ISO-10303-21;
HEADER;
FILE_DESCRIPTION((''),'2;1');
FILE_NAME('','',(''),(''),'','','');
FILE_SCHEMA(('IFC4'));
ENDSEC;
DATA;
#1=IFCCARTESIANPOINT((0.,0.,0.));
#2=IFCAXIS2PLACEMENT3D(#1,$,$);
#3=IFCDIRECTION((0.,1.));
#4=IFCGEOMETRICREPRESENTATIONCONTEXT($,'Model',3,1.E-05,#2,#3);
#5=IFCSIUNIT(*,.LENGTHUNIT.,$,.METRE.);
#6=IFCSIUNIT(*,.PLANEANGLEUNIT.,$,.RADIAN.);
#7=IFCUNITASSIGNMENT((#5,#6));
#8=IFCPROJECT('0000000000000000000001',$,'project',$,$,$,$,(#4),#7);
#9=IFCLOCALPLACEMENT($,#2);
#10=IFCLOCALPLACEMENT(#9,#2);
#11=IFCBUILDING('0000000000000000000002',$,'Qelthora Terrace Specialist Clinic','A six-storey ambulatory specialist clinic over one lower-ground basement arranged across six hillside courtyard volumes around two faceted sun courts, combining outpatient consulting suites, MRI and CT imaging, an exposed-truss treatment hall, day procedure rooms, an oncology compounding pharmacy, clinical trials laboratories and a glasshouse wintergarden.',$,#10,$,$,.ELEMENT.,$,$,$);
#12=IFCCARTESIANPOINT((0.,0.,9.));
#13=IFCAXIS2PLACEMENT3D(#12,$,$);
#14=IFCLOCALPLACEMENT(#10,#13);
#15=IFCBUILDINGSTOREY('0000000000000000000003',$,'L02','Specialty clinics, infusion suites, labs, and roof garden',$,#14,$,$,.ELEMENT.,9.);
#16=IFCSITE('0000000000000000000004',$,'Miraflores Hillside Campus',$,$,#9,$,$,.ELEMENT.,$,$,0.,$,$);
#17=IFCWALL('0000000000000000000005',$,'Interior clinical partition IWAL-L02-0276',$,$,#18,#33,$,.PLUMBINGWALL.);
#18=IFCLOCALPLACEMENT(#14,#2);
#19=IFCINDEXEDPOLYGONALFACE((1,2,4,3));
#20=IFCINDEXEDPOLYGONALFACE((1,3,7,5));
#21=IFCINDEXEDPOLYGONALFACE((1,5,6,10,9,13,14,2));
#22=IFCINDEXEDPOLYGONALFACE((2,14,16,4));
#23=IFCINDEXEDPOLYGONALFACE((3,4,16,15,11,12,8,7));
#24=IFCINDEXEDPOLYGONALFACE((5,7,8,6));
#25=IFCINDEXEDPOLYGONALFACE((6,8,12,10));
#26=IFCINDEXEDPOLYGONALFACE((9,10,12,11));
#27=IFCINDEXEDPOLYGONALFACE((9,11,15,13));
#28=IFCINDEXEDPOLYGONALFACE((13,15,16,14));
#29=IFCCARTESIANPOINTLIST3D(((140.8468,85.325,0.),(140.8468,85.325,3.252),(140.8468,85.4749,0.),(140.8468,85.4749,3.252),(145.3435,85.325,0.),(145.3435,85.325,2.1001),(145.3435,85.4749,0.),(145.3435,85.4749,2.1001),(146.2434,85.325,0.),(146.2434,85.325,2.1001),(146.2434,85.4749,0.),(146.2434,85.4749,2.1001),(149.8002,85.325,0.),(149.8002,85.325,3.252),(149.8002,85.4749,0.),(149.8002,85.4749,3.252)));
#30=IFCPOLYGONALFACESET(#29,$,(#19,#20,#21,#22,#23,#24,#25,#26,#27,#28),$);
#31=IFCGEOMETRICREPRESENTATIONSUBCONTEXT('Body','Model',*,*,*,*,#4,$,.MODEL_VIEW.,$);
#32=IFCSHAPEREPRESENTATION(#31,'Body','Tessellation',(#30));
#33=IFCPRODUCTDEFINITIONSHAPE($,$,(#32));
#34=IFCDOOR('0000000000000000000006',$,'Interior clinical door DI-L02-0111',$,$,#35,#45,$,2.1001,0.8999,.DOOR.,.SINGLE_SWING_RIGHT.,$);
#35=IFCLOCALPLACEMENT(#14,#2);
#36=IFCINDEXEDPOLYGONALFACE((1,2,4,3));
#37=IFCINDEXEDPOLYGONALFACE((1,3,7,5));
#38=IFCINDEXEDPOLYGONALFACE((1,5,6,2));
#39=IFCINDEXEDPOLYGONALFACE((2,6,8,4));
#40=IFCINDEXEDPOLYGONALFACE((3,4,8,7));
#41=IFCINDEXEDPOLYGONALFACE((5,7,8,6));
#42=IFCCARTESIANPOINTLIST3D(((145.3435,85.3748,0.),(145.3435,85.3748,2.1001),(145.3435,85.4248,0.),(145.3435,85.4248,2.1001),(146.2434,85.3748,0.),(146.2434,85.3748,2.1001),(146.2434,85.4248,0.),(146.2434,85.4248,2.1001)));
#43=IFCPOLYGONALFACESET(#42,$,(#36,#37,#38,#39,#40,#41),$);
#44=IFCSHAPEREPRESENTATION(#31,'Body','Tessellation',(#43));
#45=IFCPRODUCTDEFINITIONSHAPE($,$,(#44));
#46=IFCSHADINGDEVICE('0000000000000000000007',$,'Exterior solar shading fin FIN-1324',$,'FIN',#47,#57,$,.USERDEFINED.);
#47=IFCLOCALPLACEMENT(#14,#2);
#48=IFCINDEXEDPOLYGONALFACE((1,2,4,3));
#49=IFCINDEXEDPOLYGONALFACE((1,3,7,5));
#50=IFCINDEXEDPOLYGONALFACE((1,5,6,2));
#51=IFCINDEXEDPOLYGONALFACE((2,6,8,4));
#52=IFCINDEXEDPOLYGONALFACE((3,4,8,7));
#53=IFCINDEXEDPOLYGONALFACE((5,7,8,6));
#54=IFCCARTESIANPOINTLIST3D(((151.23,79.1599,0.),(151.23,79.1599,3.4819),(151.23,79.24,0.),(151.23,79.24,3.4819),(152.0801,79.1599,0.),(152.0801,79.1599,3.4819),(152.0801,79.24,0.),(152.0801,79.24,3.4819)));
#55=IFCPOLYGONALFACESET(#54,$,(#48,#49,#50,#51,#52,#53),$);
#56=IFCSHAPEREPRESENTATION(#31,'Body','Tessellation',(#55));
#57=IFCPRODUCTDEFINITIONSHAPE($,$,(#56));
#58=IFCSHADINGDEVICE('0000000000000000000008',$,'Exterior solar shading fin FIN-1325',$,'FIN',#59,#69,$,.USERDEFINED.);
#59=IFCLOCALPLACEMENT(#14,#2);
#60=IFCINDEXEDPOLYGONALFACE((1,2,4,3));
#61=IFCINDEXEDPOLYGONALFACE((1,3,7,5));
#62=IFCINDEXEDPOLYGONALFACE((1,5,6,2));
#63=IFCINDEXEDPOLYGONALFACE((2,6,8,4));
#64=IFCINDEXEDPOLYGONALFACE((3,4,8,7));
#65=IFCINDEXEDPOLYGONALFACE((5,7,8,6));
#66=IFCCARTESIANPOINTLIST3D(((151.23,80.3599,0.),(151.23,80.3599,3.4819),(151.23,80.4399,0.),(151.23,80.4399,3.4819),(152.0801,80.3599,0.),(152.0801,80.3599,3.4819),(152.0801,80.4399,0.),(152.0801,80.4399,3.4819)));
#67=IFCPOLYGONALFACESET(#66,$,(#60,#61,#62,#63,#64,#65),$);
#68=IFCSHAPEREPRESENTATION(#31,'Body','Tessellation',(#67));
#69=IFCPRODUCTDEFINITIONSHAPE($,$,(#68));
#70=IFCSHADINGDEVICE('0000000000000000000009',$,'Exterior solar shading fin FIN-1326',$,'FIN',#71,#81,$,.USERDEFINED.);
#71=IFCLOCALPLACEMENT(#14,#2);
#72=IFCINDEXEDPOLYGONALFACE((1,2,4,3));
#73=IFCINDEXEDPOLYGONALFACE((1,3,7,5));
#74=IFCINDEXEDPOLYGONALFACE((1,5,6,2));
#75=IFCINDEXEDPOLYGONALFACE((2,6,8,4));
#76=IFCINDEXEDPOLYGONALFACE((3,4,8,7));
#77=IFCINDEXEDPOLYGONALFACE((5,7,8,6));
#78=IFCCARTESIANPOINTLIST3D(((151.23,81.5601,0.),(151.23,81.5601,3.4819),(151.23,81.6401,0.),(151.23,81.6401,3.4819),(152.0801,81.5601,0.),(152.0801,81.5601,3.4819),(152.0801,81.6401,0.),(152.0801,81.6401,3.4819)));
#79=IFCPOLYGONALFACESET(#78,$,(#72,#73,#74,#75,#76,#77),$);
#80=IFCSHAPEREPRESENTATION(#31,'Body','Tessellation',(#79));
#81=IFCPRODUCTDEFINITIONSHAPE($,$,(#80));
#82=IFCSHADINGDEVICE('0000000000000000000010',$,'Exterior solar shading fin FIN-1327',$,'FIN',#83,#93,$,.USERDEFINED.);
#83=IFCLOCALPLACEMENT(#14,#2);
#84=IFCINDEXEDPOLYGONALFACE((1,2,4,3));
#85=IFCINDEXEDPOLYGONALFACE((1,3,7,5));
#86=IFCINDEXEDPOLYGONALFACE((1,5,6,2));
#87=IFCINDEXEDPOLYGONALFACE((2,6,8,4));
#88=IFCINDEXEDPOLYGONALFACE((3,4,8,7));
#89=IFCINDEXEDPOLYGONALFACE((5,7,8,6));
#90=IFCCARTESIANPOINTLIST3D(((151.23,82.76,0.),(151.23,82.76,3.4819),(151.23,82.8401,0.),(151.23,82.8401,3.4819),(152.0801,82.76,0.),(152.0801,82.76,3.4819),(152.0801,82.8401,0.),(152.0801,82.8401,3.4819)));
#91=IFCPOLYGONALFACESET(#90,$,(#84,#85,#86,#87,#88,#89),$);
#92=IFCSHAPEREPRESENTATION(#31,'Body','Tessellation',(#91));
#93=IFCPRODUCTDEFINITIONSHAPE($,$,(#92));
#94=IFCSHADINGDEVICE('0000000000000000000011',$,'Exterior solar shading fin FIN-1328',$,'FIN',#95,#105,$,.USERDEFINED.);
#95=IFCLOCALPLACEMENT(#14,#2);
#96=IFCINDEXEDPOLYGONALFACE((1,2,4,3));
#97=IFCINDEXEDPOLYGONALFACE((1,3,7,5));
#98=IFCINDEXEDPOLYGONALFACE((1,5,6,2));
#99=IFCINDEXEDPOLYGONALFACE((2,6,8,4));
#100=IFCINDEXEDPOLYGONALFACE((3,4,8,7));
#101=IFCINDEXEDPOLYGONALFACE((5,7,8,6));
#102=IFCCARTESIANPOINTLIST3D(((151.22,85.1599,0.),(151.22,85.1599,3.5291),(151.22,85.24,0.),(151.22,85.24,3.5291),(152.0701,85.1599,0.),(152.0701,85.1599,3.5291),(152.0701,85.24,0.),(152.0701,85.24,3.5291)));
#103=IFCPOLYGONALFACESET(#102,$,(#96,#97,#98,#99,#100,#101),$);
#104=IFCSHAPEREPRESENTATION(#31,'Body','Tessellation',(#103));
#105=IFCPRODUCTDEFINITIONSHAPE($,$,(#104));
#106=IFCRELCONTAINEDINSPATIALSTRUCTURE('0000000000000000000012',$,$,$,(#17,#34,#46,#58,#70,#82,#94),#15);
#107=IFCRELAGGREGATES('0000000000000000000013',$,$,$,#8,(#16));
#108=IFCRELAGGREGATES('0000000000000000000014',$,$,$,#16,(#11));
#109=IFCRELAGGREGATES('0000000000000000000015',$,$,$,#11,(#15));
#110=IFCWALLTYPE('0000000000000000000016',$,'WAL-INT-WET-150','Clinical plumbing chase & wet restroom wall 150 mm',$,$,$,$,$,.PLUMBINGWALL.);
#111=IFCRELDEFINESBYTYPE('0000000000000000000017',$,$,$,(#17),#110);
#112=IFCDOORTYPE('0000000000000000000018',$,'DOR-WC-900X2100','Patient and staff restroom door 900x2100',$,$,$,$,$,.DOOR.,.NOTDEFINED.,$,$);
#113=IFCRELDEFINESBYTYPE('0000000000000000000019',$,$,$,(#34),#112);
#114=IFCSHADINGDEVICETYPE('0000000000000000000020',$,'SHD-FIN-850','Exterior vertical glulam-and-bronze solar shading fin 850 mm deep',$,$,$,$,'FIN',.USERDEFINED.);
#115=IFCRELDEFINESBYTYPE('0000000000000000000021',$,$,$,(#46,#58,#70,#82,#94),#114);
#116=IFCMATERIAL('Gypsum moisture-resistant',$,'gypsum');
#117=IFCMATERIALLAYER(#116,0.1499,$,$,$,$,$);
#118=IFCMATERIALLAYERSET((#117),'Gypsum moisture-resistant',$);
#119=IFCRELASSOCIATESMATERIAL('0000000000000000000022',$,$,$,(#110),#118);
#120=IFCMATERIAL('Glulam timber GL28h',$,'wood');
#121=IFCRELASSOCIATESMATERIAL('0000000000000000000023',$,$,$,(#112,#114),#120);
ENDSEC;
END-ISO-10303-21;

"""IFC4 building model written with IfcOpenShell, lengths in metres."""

from ifc_helpers import new_model, si_unit, direction, frame, frame_2d, origin, origin_2d, place, context, subcontext, project, spatial, rectangle, extrude, material, layer, layer_set, type_object, element, fill, save


model = new_model("IFC4")

# Units and contexts
model_context = context("Model", 3, precision=1e-05, world=origin(), true_north=direction((0.0, 1.0)))
body_context = subcontext(model_context, "Body", "Model", "MODEL_VIEW")
ifc_project = project(units=[si_unit("LENGTHUNIT", "METRE"), si_unit("PLANEANGLEUNIT", "RADIAN")], contexts=[model_context])

# Site, building, storey
site_placement = place(None, origin())
site = spatial("IfcSite", under=ifc_project, at=site_placement, Name="Miraflores Hillside Campus", CompositionType="ELEMENT", RefElevation=0.0)
building_placement = place(site_placement, origin())
building = spatial("IfcBuilding", under=site, at=building_placement, Name="Qelthora Terrace Specialist Clinic", Description="A six-storey ambulatory specialist clinic over one lower-ground basement arranged across six hillside courtyard volumes around two faceted sun courts, combining outpatient consulting suites, MRI and CT imaging, an exposed-truss treatment hall, day procedure rooms, an oncology compounding pharmacy, clinical trials laboratories and a glasshouse wintergarden.", CompositionType="ELEMENT")
storey_placement = place(building_placement, frame((0.0, 0.0, 9.0)))
storey = spatial("IfcBuildingStorey", under=building, at=storey_placement, Name="L02", Description="Specialty clinics, infusion suites, labs, and roof garden", CompositionType="ELEMENT", Elevation=9.0)

# Wall, opening, door
ifc_material_1 = material(Name="Gypsum moisture-resistant", Category="gypsum")
ifc_layer_1 = layer(ifc_material_1, 0.1499)
ifc_layer_set_1 = layer_set([ifc_layer_1], Name="Gypsum moisture-resistant")
wall_type_1 = type_object("IfcWallType", Name="WAL-INT-WET-150", Description="Clinical plumbing chase & wet restroom wall 150 mm", PredefinedType="PLUMBINGWALL", material=ifc_layer_set_1)
wall_1_placement = place(storey_placement, frame((149.8, 85.3999, 0.0), z_axis=(0.0, 0.0, 1.0), x_axis=(-1.0, 0.0, 0.0)))
wall_1 = element("IfcWall", 1, at=wall_1_placement, inside=storey, type_object=wall_type_1, Name="Interior clinical partition IWAL-L02-0276", PredefinedType="PLUMBINGWALL", context=body_context, shape_type="SweptSolid", body=[
    extrude(rectangle(XDim=8.9534, YDim=0.1499, at=frame_2d((4.4766, 0.0))), origin(), (0.0, 0.0, 1.0), 3.252),
])
opening_1_placement = place(wall_1_placement, frame((3.5566, 0.0, 0.0)))
opening_1 = element("IfcOpeningElement", 2, at=opening_1_placement, cuts=wall_1, PredefinedType="OPENING", context=body_context, shape_type="SweptSolid", body=[
    extrude(rectangle(XDim=0.8999, YDim=2.1001, at=frame_2d((0.45, 1.05))), frame((0.0, 0.085, 0.0), z_axis=(0.0, -1.0, 0.0), x_axis=(1.0, 0.0, 0.0)), (0.0, 0.0, 1.0), 0.1699),
])
ifc_material_2 = material(Name="Glulam timber GL28h", Category="wood")
door_type_1 = type_object("IfcDoorType", Name="DOR-WC-900X2100", Description="Patient and staff restroom door 900x2100", OperationType="NOTDEFINED", PredefinedType="DOOR", material=ifc_material_2)
door_1_placement = place(opening_1_placement, frame((0.8999, 0.0, 0.0), z_axis=(0.0, 0.0, 1.0), x_axis=(-1.0, 0.0, 0.0)))
door_1 = element("IfcDoor", 3, at=door_1_placement, inside=storey, type_object=door_type_1, Name="Interior clinical door DI-L02-0111", OperationType="SINGLE_SWING_RIGHT", OverallHeight=2.1001, OverallWidth=0.8999, PredefinedType="DOOR", context=body_context, shape_type="SweptSolid", body=[
    extrude(rectangle(XDim=0.8999, YDim=2.1001, at=frame_2d((0.45, 1.05))), frame((0.0, 0.0249, 0.0), z_axis=(0.0, -1.0, 0.0), x_axis=(1.0, 0.0, 0.0)), (0.0, 0.0, 1.0), 0.05),
])
fill(opening_1, door_1)

# Shading devices
shading_device_type = type_object("IfcShadingDeviceType", Name="SHD-FIN-850", Description="Exterior vertical glulam-and-bronze solar shading fin 850 mm deep", ElementType="FIN", PredefinedType="USERDEFINED", material=ifc_material_2)
for number, where, z_axis, x_axis, name in (
    (4, (151.655, 79.2, 0.0), (0.0, 0.0, 1.0), (1.0, 0.0, 0.0), "Exterior solar shading fin FIN-1324"),
    (5, (151.655, 80.3999, 0.0), (0.0, 0.0, 1.0), (1.0, 0.0, 0.0), "Exterior solar shading fin FIN-1325"),
    (6, (151.655, 81.6001, 0.0), (0.0, 0.0, 1.0), (1.0, 0.0, 0.0), "Exterior solar shading fin FIN-1326"),
    (7, (151.655, 82.8, 0.0), (0.0, 0.0, 1.0), (1.0, 0.0, 0.0), "Exterior solar shading fin FIN-1327"),
):
    element("IfcShadingDevice", number, at=place(storey_placement, frame(where, z_axis=z_axis, x_axis=x_axis)), inside=storey, type_object=shading_device_type, Name=name, ObjectType="FIN", PredefinedType="USERDEFINED", context=body_context, shape_type="SweptSolid", body=[
        extrude(rectangle(XDim=0.8501, YDim=0.0801, at=origin_2d()), origin(), (0.0, 0.0, 1.0), 3.4819),
    ])
shading_device_placement = place(storey_placement, frame((151.645, 85.2, 0.0), z_axis=(0.0, 0.0, 1.0), x_axis=(1.0, 0.0, 0.0)))
element("IfcShadingDevice", 8, at=shading_device_placement, inside=storey, type_object=shading_device_type, Name="Exterior solar shading fin FIN-1328", ObjectType="FIN", PredefinedType="USERDEFINED", context=body_context, shape_type="SweptSolid", body=[
    extrude(rectangle(XDim=0.8501, YDim=0.0801, at=origin_2d()), origin(), (0.0, 0.0, 1.0), 3.5291),
])

save(model, "model.ifc")
